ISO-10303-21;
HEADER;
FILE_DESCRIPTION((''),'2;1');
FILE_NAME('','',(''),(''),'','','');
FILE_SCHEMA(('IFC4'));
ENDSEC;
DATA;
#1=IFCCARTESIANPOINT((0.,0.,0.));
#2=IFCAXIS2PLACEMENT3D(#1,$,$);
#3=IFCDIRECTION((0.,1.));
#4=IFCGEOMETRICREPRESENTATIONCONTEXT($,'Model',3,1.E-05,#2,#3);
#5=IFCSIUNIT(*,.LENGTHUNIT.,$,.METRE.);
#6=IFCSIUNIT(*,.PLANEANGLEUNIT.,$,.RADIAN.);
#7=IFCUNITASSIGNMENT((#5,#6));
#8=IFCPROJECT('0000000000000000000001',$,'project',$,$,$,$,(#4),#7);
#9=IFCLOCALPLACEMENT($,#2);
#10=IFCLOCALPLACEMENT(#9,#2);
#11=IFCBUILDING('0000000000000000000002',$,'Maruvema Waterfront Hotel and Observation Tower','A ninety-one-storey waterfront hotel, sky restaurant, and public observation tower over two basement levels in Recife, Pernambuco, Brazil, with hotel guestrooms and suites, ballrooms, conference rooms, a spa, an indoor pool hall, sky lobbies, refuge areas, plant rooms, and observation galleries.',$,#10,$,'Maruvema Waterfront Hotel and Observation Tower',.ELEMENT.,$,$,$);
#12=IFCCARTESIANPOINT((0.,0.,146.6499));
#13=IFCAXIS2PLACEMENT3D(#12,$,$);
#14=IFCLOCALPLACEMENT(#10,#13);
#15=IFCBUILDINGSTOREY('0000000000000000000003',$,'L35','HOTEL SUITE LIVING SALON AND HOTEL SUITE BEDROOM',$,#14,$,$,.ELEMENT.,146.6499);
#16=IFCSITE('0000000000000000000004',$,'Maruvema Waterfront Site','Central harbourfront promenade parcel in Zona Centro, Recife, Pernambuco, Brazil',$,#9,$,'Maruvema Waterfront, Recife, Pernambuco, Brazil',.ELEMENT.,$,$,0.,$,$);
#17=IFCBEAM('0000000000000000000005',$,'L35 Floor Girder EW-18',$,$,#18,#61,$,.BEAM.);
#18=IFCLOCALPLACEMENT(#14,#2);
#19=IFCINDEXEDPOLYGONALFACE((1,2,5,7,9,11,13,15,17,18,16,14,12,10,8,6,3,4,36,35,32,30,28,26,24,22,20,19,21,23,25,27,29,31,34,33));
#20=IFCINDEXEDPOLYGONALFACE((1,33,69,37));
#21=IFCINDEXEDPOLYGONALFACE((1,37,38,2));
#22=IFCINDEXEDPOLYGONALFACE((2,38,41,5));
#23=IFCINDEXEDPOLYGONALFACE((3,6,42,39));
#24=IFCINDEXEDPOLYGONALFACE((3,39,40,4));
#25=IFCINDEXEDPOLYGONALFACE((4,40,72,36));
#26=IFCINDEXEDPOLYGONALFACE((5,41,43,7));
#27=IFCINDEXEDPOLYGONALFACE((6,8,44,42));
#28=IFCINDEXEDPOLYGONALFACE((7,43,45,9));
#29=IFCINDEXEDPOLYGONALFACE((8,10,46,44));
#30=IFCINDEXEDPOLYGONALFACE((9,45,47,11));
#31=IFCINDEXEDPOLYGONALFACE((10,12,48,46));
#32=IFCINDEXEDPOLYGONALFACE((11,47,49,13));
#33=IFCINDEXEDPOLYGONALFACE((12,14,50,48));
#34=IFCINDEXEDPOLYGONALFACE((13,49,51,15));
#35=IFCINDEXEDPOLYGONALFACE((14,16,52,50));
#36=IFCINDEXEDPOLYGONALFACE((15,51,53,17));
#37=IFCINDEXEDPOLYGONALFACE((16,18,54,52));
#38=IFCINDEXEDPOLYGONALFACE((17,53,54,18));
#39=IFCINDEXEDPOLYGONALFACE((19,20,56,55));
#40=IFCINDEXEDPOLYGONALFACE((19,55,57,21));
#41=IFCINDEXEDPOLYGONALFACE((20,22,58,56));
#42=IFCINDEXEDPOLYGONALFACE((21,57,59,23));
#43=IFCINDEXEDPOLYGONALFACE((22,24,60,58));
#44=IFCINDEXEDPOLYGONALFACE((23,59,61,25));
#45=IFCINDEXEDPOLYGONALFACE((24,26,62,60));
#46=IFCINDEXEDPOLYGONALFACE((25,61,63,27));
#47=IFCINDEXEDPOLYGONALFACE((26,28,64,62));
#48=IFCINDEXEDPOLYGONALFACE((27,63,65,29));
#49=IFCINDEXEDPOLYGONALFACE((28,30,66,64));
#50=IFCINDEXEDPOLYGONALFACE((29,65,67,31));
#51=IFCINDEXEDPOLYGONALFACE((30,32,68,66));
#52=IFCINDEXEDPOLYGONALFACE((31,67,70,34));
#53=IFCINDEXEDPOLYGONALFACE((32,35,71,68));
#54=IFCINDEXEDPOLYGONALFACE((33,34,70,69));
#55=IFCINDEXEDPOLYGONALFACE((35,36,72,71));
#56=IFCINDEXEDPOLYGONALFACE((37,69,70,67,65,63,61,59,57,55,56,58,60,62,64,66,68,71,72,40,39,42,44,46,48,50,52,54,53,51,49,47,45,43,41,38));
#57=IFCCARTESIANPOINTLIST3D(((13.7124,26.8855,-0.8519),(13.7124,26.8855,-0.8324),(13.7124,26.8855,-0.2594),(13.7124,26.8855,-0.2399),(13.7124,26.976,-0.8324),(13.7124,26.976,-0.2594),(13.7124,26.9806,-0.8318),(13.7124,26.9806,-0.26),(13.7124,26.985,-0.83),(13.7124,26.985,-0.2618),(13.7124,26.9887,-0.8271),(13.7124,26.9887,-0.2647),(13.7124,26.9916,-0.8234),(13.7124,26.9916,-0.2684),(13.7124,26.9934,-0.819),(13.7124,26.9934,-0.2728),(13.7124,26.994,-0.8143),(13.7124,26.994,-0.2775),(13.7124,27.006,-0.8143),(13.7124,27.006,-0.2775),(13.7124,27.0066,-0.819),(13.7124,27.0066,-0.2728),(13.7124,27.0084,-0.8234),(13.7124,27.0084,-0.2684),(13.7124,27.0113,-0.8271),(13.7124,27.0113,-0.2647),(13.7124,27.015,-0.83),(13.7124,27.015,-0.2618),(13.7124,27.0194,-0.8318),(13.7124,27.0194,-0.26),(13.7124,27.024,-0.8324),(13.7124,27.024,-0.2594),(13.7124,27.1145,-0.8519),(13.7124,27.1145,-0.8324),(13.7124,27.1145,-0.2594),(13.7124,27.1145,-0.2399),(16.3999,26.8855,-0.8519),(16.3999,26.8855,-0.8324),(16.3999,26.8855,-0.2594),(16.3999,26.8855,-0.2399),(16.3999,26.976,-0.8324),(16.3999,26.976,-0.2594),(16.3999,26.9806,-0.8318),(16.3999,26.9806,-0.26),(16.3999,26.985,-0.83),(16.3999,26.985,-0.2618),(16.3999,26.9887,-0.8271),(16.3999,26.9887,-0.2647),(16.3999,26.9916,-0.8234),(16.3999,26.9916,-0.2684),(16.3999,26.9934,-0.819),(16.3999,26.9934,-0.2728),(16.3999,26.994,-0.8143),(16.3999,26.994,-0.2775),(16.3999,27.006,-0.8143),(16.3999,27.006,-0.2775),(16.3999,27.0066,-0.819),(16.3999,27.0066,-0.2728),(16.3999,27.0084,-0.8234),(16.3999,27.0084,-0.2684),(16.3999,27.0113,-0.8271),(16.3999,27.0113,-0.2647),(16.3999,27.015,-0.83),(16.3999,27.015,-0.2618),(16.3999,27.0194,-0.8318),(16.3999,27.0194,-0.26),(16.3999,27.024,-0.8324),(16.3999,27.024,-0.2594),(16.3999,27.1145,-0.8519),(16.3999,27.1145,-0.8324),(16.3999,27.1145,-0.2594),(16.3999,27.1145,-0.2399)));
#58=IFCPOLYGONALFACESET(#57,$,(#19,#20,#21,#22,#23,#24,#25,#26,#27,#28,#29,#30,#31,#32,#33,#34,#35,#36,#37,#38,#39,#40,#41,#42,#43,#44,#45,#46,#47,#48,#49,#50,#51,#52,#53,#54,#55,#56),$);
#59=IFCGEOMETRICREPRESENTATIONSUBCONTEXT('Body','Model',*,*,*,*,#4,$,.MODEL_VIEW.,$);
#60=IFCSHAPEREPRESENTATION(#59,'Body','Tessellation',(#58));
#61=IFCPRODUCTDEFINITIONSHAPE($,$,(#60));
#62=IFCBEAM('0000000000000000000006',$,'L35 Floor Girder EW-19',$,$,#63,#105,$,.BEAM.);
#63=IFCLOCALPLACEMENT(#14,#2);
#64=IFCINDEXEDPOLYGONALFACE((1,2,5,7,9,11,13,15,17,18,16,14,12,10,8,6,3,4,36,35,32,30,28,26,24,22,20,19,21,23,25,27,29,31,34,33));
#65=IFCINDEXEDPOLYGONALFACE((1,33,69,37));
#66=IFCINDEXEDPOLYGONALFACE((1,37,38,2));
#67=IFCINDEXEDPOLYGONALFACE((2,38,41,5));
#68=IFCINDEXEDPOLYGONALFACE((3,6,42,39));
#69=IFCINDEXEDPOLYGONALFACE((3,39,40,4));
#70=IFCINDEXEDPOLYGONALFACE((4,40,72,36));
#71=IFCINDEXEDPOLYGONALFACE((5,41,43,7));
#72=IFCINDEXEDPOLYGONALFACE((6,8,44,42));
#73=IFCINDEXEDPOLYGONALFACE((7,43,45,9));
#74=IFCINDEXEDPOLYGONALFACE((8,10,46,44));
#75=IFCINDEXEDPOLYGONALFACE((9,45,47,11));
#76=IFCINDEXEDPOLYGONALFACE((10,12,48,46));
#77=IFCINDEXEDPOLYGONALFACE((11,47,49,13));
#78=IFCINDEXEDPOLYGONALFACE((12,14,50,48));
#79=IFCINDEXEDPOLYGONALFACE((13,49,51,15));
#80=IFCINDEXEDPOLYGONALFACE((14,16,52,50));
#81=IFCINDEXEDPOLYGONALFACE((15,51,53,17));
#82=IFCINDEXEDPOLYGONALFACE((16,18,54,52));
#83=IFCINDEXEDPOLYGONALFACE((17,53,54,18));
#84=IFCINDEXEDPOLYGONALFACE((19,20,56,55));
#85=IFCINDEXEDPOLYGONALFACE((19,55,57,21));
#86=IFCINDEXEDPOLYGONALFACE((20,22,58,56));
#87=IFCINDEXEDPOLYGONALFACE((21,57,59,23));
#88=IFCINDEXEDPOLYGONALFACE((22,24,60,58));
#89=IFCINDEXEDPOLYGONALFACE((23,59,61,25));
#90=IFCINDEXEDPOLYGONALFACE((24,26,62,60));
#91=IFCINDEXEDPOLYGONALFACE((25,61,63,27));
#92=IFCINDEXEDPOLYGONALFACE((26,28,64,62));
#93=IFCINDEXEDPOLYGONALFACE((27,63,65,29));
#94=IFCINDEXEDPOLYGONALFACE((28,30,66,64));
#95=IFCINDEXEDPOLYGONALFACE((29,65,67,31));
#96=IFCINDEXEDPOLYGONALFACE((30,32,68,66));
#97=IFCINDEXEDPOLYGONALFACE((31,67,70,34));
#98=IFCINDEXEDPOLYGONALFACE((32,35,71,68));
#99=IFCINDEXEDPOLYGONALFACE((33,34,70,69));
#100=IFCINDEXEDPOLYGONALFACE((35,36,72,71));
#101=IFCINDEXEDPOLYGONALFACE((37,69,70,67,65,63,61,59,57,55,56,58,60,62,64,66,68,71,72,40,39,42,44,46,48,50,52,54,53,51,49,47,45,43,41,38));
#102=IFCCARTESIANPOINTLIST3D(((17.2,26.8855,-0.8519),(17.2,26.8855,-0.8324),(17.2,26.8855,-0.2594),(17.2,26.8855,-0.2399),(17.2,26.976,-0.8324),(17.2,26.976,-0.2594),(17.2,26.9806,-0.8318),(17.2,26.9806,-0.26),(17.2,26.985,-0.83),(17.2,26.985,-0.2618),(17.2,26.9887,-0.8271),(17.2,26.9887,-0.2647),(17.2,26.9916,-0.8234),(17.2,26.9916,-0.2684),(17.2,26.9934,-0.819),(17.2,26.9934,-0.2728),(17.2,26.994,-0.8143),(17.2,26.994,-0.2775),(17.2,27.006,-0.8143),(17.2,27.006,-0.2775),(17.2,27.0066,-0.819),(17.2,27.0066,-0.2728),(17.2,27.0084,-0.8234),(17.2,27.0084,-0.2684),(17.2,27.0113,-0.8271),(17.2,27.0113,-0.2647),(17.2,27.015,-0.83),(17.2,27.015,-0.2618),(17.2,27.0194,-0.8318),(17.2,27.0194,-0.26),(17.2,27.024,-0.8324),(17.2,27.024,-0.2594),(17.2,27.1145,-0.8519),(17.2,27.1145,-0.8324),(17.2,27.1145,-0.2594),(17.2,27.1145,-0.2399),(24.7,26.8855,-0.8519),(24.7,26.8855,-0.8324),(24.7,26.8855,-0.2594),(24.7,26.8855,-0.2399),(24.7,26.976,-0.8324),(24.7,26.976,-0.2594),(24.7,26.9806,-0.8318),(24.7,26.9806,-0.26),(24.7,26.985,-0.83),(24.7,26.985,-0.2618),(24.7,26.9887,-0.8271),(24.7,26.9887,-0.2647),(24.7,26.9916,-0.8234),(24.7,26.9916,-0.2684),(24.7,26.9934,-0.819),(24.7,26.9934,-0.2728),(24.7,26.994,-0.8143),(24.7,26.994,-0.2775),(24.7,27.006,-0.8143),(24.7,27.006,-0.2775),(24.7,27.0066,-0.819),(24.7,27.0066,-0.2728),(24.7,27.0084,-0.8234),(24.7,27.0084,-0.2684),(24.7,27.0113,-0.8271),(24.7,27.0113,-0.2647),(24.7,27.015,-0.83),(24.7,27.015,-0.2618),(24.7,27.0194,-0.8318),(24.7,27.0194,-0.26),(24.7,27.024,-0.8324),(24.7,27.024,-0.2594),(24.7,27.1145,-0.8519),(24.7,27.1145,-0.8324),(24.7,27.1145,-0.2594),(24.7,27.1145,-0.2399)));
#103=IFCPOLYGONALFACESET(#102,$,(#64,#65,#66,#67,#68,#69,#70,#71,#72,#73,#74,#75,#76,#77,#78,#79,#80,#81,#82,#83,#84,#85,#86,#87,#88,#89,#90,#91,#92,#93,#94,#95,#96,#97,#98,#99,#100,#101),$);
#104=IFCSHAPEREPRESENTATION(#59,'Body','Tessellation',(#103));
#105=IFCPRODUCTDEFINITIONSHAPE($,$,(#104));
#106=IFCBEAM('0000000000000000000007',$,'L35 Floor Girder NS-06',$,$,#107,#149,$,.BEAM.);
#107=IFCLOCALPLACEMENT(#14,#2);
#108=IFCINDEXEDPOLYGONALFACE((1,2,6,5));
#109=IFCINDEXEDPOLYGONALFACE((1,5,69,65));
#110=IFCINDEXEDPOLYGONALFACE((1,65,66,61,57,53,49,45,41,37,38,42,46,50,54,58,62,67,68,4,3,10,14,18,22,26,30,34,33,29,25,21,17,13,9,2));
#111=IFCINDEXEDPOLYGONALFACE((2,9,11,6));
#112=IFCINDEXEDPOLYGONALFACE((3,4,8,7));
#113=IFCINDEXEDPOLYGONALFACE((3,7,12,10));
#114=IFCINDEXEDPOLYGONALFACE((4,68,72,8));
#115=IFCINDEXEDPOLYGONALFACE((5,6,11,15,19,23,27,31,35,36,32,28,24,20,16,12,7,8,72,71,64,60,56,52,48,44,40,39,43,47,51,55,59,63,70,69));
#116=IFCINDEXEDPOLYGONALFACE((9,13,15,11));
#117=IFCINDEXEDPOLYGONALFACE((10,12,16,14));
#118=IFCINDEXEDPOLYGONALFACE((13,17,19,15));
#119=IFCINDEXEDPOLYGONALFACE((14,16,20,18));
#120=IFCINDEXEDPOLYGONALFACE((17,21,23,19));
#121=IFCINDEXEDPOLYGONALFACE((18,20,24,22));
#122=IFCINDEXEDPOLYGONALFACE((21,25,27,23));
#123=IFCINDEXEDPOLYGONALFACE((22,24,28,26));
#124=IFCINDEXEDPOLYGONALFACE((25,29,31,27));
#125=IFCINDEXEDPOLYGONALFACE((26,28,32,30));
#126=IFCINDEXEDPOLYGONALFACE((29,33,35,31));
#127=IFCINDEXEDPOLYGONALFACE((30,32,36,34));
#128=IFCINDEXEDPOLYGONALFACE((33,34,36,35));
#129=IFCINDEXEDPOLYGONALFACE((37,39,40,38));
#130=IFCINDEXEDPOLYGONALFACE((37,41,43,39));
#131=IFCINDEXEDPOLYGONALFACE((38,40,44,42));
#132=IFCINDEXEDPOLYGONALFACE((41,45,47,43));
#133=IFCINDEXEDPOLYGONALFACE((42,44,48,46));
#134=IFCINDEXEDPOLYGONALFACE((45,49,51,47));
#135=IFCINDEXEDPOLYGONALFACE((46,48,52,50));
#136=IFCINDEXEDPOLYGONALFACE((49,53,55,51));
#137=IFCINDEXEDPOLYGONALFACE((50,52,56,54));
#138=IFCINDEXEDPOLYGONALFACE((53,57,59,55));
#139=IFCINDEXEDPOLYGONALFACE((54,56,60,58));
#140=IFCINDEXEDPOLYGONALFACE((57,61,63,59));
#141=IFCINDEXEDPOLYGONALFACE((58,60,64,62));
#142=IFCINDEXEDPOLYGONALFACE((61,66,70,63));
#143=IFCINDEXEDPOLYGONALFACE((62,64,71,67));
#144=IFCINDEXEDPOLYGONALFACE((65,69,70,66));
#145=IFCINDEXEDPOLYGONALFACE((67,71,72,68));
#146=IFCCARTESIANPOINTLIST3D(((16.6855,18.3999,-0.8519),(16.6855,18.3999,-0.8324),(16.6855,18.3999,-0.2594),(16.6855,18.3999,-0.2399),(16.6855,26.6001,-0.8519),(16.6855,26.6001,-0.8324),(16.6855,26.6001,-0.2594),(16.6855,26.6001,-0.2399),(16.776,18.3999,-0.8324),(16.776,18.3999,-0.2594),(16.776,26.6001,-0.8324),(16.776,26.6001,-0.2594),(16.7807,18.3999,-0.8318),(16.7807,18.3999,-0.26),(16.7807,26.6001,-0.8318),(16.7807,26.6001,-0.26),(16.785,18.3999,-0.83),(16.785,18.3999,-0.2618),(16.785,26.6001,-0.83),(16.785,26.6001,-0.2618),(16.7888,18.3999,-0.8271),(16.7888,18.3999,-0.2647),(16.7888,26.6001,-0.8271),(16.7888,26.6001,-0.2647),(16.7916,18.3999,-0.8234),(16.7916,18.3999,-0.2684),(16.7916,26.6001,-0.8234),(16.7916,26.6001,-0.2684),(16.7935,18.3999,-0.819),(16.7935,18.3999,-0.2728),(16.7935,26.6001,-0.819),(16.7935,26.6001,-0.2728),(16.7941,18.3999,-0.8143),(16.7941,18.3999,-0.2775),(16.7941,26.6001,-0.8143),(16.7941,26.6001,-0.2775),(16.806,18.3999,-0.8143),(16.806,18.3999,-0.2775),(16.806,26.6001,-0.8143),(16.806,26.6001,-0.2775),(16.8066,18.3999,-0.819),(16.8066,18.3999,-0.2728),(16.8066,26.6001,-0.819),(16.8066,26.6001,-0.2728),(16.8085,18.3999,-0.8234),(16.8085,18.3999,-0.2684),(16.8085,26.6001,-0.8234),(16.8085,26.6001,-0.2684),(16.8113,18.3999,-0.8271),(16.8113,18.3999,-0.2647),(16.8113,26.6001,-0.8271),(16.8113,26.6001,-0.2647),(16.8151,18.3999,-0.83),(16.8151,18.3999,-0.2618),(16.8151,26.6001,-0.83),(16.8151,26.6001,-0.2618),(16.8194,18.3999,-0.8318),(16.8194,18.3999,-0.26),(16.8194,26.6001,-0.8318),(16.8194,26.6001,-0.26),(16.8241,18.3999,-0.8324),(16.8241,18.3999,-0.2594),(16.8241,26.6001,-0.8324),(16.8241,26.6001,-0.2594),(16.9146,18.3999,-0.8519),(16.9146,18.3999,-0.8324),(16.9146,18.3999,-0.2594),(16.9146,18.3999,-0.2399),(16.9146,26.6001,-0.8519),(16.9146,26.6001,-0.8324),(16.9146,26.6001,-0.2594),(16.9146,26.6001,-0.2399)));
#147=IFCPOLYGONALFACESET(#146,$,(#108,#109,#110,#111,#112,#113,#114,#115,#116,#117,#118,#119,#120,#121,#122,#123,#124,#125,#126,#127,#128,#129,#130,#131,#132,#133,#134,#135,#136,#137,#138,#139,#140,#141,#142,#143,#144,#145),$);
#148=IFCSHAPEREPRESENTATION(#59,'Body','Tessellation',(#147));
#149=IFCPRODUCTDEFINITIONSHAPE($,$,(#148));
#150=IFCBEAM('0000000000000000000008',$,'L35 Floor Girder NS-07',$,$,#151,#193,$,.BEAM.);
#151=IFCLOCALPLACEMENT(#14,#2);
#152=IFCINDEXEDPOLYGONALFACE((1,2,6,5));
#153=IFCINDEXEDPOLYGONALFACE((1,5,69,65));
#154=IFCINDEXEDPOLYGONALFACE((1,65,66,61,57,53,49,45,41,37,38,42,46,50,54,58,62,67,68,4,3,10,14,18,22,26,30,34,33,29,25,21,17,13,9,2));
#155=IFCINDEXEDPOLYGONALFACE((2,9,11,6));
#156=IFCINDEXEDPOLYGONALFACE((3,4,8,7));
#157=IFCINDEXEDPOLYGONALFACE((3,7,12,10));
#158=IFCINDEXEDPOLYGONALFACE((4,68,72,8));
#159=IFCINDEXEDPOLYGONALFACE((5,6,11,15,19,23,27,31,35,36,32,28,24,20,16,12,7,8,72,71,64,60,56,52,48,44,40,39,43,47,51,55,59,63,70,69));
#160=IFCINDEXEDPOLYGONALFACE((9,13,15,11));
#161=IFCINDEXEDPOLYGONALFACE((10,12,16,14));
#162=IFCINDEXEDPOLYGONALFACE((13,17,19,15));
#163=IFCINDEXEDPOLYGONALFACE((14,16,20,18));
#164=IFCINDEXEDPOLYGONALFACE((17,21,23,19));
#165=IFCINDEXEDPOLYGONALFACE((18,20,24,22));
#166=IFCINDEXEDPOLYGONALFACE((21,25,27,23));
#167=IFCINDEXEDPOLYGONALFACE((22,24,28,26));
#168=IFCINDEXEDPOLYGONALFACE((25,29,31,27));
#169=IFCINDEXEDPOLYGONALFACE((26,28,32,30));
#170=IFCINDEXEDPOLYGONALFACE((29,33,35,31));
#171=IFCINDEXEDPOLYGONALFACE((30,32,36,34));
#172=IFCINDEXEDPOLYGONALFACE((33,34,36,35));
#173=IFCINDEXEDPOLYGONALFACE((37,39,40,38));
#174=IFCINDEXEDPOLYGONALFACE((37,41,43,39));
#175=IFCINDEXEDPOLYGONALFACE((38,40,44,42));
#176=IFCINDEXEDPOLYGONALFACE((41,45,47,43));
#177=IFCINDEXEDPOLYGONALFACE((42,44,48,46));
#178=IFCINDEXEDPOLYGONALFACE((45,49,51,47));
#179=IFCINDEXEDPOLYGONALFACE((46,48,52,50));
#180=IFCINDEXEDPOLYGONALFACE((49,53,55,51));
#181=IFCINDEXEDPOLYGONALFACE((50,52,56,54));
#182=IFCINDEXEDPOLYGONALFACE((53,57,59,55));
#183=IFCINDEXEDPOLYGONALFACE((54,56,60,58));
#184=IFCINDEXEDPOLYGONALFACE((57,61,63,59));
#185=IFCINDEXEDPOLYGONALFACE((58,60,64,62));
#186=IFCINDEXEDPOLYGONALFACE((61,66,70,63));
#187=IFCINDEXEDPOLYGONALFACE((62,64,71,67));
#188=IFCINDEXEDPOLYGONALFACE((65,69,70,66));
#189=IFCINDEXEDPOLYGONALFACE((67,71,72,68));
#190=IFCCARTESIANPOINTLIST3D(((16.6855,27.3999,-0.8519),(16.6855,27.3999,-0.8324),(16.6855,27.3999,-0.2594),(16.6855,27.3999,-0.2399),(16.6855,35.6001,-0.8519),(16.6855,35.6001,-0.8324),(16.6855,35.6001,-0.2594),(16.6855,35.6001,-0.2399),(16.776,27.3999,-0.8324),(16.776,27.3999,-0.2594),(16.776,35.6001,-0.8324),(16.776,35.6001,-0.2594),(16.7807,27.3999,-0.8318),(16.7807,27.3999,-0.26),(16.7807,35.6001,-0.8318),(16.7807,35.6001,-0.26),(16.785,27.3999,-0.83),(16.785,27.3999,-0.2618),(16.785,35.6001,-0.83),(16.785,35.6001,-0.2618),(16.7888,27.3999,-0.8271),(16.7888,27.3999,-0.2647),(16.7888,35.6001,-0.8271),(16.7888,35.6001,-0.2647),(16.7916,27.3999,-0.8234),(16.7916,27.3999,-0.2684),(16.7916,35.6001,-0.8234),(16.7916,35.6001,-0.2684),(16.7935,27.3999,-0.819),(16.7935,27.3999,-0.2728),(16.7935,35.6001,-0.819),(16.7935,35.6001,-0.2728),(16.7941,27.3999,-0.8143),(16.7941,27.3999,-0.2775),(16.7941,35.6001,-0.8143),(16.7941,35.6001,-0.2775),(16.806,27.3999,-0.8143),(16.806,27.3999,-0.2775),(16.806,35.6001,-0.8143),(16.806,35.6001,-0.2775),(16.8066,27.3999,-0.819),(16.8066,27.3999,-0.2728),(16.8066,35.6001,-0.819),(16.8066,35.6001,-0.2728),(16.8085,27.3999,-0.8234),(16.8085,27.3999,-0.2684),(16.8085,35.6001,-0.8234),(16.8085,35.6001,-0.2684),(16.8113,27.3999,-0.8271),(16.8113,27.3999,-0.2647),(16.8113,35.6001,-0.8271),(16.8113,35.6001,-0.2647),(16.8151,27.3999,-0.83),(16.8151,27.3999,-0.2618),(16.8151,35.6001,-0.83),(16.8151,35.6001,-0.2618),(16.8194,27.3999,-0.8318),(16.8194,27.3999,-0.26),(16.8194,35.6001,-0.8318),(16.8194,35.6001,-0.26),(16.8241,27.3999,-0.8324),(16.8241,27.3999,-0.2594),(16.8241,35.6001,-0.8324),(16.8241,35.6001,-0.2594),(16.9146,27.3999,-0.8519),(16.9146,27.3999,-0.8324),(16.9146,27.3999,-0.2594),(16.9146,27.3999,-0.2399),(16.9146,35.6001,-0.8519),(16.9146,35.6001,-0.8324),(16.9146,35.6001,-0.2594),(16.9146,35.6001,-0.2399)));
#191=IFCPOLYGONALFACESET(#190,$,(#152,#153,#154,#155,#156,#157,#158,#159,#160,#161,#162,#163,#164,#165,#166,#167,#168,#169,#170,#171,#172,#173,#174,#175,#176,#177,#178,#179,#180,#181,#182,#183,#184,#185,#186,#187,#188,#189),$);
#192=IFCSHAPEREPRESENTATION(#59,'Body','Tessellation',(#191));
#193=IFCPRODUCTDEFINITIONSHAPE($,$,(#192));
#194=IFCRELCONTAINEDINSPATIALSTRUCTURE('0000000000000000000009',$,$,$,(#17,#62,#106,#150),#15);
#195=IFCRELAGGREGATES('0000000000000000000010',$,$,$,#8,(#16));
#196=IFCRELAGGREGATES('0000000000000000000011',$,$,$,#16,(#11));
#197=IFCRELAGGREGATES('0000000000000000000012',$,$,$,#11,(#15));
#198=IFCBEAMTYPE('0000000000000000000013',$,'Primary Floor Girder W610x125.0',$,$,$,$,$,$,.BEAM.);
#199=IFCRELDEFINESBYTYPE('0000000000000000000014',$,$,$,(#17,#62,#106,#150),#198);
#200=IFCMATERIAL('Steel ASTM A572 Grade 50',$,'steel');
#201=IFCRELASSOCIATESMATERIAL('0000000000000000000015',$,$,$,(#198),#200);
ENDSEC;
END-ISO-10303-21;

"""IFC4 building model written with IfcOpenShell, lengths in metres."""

from ifc_helpers import new_model, si_unit, direction, frame, origin, origin_2d, place, context, subcontext, project, spatial, i_section, extrude, material, material_profile, profile_set, type_object, element, save


model = new_model("IFC4")

# Units and contexts
model_context = context("Model", 3, precision=1e-05, world=origin(), true_north=direction((0.0, 1.0)))
body_context = subcontext(model_context, "Body", "Model", "MODEL_VIEW")
ifc_project = project(units=[si_unit("LENGTHUNIT", "METRE"), si_unit("PLANEANGLEUNIT", "RADIAN")], contexts=[model_context])

# Site, building, storey
site_placement = place(None, origin())
site = spatial("IfcSite", under=ifc_project, at=site_placement, Name="Maruvema Waterfront Site", Description="Central harbourfront promenade parcel in Zona Centro, Recife, Pernambuco, Brazil", LongName="Maruvema Waterfront, Recife, Pernambuco, Brazil", CompositionType="ELEMENT", RefElevation=0.0)
building_placement = place(site_placement, origin())
building = spatial("IfcBuilding", under=site, at=building_placement, Name="Maruvema Waterfront Hotel and Observation Tower", Description="A ninety-one-storey waterfront hotel, sky restaurant, and public observation tower over two basement levels in Recife, Pernambuco, Brazil, with hotel guestrooms and suites, ballrooms, conference rooms, a spa, an indoor pool hall, sky lobbies, refuge areas, plant rooms, and observation galleries.", LongName="Maruvema Waterfront Hotel and Observation Tower", CompositionType="ELEMENT")
storey_placement = place(building_placement, frame((0.0, 0.0, 146.6499)))
storey = spatial("IfcBuildingStorey", under=building, at=storey_placement, Name="L35", Description="HOTEL SUITE LIVING SALON AND HOTEL SUITE BEDROOM", CompositionType="ELEMENT", Elevation=146.6499)

# Beams
ifc_material_1 = material(Name="Steel ASTM A572 Grade 50", Category="steel")
ifc_material_profile_1 = material_profile(ifc_material_1, i_section(OverallWidth=0.229, OverallDepth=0.6121, WebThickness=0.012, FlangeThickness=0.0195, FilletRadius=0.0181, at=origin_2d()), Name="W610x125.0")
ifc_profile_set_1 = profile_set([ifc_material_profile_1], Name="Steel ASTM A572 Grade 50")
beam_type_1 = type_object("IfcBeamType", Name="Primary Floor Girder W610x125.0", PredefinedType="BEAM", material=ifc_profile_set_1)
beam_1_placement = place(storey_placement, frame((13.7124, 27.0, -0.5459), z_axis=(1.0, 0.0, 0.0), x_axis=(0.0, 1.0, 0.0)))
element("IfcBeam", 1, at=beam_1_placement, inside=storey, type_object=beam_type_1, Name="L35 Floor Girder EW-18", PredefinedType="BEAM", context=body_context, shape_type="SweptSolid", body=[
    extrude(i_section(OverallWidth=0.229, OverallDepth=0.6121, WebThickness=0.012, FlangeThickness=0.0195, FilletRadius=0.0181, at=origin_2d()), origin(), (0.0, 0.0, 1.0), 2.6875),
])
beam_2_placement = place(storey_placement, frame((17.2, 27.0, -0.5459), z_axis=(1.0, 0.0, 0.0), x_axis=(0.0, 1.0, 0.0)))
element("IfcBeam", 2, at=beam_2_placement, inside=storey, type_object=beam_type_1, Name="L35 Floor Girder EW-19", PredefinedType="BEAM", context=body_context, shape_type="SweptSolid", body=[
    extrude(i_section(OverallWidth=0.229, OverallDepth=0.6121, WebThickness=0.012, FlangeThickness=0.0195, FilletRadius=0.0181, at=origin_2d()), origin(), (0.0, 0.0, 1.0), 7.5),
])
for number, where, z_axis, x_axis, name in (
    (3, (16.8, 18.3999, -0.5459), (0.0, 1.0, 0.0), (-1.0, 0.0, 0.0), "L35 Floor Girder NS-06"),
    (4, (16.8, 27.3999, -0.5459), (0.0, 1.0, 0.0), (-1.0, 0.0, 0.0), "L35 Floor Girder NS-07"),
):
    element("IfcBeam", number, at=place(storey_placement, frame(where, z_axis=z_axis, x_axis=x_axis)), inside=storey, type_object=beam_type_1, Name=name, PredefinedType="BEAM", context=body_context, shape_type="SweptSolid", body=[
        extrude(i_section(OverallWidth=0.229, OverallDepth=0.6121, WebThickness=0.012, FlangeThickness=0.0195, FilletRadius=0.0181, at=origin_2d()), origin(), (0.0, 0.0, 1.0), 8.2002),
    ])

save(model, "model.ifc")
